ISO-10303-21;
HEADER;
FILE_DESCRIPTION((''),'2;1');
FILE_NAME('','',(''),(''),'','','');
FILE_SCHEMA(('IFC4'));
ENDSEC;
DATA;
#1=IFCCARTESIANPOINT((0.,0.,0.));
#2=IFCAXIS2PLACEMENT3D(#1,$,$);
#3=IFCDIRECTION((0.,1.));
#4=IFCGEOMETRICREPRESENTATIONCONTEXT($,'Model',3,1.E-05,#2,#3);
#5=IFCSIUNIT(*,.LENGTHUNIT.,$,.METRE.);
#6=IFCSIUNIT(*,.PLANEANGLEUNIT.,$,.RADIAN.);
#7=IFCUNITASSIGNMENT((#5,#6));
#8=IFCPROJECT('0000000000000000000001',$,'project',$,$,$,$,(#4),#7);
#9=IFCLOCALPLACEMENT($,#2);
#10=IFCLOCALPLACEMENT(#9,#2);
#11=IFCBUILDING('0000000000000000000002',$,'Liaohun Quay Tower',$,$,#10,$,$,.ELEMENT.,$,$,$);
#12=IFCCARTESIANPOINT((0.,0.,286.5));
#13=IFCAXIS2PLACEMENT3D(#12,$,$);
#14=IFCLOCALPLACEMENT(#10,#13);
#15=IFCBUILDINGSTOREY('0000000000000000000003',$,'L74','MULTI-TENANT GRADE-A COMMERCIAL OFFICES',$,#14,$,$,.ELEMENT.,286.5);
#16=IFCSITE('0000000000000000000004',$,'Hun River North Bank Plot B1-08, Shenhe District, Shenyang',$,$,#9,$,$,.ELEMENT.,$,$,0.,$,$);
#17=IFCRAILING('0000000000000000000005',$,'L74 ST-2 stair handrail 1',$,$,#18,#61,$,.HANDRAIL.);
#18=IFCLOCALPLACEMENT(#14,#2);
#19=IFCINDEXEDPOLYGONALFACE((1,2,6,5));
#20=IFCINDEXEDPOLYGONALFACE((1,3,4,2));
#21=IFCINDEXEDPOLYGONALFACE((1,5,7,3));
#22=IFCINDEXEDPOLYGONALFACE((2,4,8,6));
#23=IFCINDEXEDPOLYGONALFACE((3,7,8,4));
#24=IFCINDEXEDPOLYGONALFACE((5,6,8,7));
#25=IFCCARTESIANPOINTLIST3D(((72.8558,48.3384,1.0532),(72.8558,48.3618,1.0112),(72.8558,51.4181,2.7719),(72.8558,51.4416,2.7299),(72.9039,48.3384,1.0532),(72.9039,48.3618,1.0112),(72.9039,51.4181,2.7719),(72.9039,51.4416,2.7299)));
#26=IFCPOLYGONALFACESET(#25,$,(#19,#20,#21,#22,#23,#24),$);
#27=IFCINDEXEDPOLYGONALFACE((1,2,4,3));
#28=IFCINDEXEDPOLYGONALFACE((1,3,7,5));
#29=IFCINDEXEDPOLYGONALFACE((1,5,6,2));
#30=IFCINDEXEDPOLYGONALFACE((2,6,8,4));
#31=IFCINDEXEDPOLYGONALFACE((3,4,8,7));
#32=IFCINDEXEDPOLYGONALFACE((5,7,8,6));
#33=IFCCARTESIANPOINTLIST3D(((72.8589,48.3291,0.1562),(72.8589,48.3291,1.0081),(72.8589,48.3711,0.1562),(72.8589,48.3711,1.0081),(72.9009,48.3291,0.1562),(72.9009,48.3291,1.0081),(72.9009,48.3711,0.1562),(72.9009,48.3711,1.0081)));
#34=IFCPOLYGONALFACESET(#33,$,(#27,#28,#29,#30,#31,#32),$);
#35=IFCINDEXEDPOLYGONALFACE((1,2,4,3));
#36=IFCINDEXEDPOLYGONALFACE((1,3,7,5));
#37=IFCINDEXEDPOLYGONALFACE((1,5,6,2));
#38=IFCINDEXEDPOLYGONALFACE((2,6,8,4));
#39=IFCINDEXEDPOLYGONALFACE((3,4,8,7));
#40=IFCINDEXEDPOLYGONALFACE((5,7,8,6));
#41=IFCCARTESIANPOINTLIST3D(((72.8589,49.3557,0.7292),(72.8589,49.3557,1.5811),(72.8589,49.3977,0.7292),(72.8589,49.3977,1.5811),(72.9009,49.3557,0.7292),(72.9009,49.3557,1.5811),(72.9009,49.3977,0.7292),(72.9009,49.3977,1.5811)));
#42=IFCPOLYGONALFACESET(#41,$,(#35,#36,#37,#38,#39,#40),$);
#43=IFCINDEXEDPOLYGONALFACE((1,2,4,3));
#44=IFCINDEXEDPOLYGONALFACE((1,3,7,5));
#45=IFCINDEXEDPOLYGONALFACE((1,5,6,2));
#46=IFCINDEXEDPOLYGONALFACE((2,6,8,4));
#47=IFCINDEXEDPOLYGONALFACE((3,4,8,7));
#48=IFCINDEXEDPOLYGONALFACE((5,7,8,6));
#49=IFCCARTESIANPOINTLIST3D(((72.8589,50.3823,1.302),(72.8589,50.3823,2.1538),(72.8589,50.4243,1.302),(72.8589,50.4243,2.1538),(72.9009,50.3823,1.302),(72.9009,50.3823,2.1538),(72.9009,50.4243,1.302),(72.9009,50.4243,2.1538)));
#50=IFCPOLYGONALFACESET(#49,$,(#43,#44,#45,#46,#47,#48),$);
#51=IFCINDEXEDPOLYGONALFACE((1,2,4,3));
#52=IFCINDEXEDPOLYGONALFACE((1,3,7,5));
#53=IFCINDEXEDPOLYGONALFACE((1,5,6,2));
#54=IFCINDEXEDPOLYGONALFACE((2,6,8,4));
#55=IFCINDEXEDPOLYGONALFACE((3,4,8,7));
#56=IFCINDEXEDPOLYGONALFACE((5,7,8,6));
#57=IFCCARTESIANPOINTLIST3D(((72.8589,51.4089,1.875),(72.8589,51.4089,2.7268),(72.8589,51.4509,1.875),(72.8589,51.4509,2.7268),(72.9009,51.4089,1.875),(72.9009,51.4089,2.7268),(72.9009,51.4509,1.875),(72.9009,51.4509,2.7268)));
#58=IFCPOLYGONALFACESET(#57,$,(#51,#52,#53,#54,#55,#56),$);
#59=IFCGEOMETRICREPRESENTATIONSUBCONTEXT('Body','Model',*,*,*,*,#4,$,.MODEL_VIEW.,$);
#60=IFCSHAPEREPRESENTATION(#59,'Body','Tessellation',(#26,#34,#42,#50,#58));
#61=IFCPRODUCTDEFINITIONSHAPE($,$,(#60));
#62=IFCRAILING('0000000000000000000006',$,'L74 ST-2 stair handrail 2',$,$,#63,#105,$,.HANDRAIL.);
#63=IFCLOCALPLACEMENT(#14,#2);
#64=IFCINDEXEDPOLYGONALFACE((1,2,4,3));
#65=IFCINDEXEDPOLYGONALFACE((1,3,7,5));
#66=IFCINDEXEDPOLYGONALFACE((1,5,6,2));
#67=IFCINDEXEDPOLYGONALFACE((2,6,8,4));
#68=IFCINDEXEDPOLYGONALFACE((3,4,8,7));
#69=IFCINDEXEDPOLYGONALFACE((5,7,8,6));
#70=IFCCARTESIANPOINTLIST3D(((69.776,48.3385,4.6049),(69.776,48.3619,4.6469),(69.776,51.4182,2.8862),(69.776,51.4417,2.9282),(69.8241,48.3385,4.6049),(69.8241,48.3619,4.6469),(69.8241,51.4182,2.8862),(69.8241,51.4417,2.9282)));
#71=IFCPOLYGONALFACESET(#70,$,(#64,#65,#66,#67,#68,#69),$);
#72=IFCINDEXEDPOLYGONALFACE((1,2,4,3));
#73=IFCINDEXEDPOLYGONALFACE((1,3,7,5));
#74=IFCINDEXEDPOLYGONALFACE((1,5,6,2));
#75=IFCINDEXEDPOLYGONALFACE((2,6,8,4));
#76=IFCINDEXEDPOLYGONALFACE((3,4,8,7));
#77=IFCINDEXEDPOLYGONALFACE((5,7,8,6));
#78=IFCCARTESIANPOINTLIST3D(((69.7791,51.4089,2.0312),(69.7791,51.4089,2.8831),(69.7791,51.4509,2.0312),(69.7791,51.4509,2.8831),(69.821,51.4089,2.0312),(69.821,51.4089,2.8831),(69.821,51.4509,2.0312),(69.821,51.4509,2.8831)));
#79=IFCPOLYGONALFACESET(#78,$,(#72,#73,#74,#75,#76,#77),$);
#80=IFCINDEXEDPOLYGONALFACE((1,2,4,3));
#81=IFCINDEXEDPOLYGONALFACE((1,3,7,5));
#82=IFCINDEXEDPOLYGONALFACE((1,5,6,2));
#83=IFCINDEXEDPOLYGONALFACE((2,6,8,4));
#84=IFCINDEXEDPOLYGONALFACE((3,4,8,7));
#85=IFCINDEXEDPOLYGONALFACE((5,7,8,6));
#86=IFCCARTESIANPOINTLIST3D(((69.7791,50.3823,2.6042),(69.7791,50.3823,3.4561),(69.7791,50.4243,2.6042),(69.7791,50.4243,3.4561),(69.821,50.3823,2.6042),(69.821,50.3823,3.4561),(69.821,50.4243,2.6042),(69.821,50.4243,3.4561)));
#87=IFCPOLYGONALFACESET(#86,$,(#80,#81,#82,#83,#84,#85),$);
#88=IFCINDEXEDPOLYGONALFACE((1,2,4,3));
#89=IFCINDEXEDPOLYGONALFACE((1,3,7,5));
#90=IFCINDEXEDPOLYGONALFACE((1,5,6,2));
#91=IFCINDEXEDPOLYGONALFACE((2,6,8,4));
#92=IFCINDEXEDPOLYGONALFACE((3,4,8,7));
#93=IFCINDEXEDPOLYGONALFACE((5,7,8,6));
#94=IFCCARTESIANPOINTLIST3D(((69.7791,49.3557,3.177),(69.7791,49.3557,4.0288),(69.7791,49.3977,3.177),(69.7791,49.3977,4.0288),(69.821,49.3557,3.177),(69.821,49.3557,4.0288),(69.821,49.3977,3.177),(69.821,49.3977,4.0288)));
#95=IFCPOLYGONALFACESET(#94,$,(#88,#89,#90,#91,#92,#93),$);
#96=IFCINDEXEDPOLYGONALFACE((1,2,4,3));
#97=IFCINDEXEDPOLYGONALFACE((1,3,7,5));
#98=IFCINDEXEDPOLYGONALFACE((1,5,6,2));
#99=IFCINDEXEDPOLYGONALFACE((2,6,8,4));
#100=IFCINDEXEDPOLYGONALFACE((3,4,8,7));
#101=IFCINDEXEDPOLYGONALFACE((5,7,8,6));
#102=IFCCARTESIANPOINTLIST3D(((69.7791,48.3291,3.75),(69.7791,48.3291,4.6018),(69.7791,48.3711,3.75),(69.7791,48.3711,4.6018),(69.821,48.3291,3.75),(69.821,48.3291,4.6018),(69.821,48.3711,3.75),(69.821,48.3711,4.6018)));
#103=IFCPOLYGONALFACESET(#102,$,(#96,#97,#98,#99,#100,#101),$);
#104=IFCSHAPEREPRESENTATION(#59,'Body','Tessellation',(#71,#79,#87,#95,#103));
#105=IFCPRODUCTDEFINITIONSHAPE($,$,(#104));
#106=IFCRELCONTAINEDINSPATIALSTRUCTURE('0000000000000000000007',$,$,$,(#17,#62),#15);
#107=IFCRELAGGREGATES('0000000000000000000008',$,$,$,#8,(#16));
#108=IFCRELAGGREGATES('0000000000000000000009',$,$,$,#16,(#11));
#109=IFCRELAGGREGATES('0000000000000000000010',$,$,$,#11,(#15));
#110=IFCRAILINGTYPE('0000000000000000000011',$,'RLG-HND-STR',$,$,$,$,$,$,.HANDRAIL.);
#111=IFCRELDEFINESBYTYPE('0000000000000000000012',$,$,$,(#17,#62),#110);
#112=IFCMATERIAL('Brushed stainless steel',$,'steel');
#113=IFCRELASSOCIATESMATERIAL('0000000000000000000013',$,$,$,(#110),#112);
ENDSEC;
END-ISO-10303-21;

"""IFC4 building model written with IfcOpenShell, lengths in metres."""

from ifc_helpers import new_model, si_unit, direction, frame, origin, origin_2d, place, context, subcontext, project, spatial, rectangle, extrude, material, type_object, element, save


model = new_model("IFC4")

# Units and contexts
model_context = context("Model", 3, precision=1e-05, world=origin(), true_north=direction((0.0, 1.0)))
body_context = subcontext(model_context, "Body", "Model", "MODEL_VIEW")
ifc_project = project(units=[si_unit("LENGTHUNIT", "METRE"), si_unit("PLANEANGLEUNIT", "RADIAN")], contexts=[model_context])

# Site, building, storey
site_placement = place(None, origin())
site = spatial("IfcSite", under=ifc_project, at=site_placement, Name="Hun River North Bank Plot B1-08, Shenhe District, Shenyang", CompositionType="ELEMENT", RefElevation=0.0)
building_placement = place(site_placement, origin())
building = spatial("IfcBuilding", under=site, at=building_placement, Name="Liaohun Quay Tower", CompositionType="ELEMENT")
storey_placement = place(building_placement, frame((0.0, 0.0, 286.5)))
storey = spatial("IfcBuildingStorey", under=building, at=storey_placement, Name="L74", Description="MULTI-TENANT GRADE-A COMMERCIAL OFFICES", CompositionType="ELEMENT", Elevation=286.5)

# Railings
ifc_material_1 = material(Name="Brushed stainless steel", Category="steel")
railing_type_1 = type_object("IfcRailingType", Name="RLG-HND-STR", PredefinedType="HANDRAIL", material=ifc_material_1)
railing_1_placement = place(storey_placement, frame((72.8799, 48.3501, 0.1562)))
element("IfcRailing", 1, at=railing_1_placement, inside=storey, type_object=railing_type_1, Name="L74 ST-2 stair handrail 1", PredefinedType="HANDRAIL", context=body_context, shape_type="SweptSolid", body=[
    extrude(rectangle(XDim=0.0481, YDim=0.0481, at=origin_2d()), frame((0.0, 0.0, 0.876), z_axis=(0.0, 0.873225, 0.487317), x_axis=(-1.0, 0.0, 0.0)), (0.0, 0.0, 1.0), 3.5269),
    extrude(rectangle(XDim=0.042, YDim=0.042, at=origin_2d()), origin(), (0.0, 0.0, 1.0), 0.8518),
    extrude(rectangle(XDim=0.042, YDim=0.042, at=origin_2d()), frame((0.0, 1.0266, 0.573)), (0.0, 0.0, 1.0), 0.8518),
    extrude(rectangle(XDim=0.042, YDim=0.042, at=origin_2d()), frame((0.0, 2.0532, 1.1458)), (0.0, 0.0, 1.0), 0.8518),
    extrude(rectangle(XDim=0.042, YDim=0.042, at=origin_2d()), frame((0.0, 3.0798, 1.7188)), (0.0, 0.0, 1.0), 0.8518),
])
railing_2_placement = place(storey_placement, frame((69.8, 51.4299, 2.0312)))
element("IfcRailing", 2, at=railing_2_placement, inside=storey, type_object=railing_type_1, Name="L74 ST-2 stair handrail 2", PredefinedType="HANDRAIL", context=body_context, shape_type="SweptSolid", body=[
    extrude(rectangle(XDim=0.0481, YDim=0.0481, at=origin_2d()), frame((0.0, 0.0, 0.876), z_axis=(0.0, -0.873225, 0.487317), x_axis=(1.0, 0.0, 0.0)), (0.0, 0.0, 1.0), 3.5269),
    extrude(rectangle(XDim=0.042, YDim=0.042, at=origin_2d()), origin(), (0.0, 0.0, 1.0), 0.8518),
    extrude(rectangle(XDim=0.042, YDim=0.042, at=origin_2d()), frame((0.0, -1.0266, 0.573)), (0.0, 0.0, 1.0), 0.8518),
    extrude(rectangle(XDim=0.042, YDim=0.042, at=origin_2d()), frame((0.0, -2.0532, 1.1458)), (0.0, 0.0, 1.0), 0.8518),
    extrude(rectangle(XDim=0.042, YDim=0.042, at=origin_2d()), frame((0.0, -3.0798, 1.7188)), (0.0, 0.0, 1.0), 0.8518),
])

save(model, "model.ifc")
